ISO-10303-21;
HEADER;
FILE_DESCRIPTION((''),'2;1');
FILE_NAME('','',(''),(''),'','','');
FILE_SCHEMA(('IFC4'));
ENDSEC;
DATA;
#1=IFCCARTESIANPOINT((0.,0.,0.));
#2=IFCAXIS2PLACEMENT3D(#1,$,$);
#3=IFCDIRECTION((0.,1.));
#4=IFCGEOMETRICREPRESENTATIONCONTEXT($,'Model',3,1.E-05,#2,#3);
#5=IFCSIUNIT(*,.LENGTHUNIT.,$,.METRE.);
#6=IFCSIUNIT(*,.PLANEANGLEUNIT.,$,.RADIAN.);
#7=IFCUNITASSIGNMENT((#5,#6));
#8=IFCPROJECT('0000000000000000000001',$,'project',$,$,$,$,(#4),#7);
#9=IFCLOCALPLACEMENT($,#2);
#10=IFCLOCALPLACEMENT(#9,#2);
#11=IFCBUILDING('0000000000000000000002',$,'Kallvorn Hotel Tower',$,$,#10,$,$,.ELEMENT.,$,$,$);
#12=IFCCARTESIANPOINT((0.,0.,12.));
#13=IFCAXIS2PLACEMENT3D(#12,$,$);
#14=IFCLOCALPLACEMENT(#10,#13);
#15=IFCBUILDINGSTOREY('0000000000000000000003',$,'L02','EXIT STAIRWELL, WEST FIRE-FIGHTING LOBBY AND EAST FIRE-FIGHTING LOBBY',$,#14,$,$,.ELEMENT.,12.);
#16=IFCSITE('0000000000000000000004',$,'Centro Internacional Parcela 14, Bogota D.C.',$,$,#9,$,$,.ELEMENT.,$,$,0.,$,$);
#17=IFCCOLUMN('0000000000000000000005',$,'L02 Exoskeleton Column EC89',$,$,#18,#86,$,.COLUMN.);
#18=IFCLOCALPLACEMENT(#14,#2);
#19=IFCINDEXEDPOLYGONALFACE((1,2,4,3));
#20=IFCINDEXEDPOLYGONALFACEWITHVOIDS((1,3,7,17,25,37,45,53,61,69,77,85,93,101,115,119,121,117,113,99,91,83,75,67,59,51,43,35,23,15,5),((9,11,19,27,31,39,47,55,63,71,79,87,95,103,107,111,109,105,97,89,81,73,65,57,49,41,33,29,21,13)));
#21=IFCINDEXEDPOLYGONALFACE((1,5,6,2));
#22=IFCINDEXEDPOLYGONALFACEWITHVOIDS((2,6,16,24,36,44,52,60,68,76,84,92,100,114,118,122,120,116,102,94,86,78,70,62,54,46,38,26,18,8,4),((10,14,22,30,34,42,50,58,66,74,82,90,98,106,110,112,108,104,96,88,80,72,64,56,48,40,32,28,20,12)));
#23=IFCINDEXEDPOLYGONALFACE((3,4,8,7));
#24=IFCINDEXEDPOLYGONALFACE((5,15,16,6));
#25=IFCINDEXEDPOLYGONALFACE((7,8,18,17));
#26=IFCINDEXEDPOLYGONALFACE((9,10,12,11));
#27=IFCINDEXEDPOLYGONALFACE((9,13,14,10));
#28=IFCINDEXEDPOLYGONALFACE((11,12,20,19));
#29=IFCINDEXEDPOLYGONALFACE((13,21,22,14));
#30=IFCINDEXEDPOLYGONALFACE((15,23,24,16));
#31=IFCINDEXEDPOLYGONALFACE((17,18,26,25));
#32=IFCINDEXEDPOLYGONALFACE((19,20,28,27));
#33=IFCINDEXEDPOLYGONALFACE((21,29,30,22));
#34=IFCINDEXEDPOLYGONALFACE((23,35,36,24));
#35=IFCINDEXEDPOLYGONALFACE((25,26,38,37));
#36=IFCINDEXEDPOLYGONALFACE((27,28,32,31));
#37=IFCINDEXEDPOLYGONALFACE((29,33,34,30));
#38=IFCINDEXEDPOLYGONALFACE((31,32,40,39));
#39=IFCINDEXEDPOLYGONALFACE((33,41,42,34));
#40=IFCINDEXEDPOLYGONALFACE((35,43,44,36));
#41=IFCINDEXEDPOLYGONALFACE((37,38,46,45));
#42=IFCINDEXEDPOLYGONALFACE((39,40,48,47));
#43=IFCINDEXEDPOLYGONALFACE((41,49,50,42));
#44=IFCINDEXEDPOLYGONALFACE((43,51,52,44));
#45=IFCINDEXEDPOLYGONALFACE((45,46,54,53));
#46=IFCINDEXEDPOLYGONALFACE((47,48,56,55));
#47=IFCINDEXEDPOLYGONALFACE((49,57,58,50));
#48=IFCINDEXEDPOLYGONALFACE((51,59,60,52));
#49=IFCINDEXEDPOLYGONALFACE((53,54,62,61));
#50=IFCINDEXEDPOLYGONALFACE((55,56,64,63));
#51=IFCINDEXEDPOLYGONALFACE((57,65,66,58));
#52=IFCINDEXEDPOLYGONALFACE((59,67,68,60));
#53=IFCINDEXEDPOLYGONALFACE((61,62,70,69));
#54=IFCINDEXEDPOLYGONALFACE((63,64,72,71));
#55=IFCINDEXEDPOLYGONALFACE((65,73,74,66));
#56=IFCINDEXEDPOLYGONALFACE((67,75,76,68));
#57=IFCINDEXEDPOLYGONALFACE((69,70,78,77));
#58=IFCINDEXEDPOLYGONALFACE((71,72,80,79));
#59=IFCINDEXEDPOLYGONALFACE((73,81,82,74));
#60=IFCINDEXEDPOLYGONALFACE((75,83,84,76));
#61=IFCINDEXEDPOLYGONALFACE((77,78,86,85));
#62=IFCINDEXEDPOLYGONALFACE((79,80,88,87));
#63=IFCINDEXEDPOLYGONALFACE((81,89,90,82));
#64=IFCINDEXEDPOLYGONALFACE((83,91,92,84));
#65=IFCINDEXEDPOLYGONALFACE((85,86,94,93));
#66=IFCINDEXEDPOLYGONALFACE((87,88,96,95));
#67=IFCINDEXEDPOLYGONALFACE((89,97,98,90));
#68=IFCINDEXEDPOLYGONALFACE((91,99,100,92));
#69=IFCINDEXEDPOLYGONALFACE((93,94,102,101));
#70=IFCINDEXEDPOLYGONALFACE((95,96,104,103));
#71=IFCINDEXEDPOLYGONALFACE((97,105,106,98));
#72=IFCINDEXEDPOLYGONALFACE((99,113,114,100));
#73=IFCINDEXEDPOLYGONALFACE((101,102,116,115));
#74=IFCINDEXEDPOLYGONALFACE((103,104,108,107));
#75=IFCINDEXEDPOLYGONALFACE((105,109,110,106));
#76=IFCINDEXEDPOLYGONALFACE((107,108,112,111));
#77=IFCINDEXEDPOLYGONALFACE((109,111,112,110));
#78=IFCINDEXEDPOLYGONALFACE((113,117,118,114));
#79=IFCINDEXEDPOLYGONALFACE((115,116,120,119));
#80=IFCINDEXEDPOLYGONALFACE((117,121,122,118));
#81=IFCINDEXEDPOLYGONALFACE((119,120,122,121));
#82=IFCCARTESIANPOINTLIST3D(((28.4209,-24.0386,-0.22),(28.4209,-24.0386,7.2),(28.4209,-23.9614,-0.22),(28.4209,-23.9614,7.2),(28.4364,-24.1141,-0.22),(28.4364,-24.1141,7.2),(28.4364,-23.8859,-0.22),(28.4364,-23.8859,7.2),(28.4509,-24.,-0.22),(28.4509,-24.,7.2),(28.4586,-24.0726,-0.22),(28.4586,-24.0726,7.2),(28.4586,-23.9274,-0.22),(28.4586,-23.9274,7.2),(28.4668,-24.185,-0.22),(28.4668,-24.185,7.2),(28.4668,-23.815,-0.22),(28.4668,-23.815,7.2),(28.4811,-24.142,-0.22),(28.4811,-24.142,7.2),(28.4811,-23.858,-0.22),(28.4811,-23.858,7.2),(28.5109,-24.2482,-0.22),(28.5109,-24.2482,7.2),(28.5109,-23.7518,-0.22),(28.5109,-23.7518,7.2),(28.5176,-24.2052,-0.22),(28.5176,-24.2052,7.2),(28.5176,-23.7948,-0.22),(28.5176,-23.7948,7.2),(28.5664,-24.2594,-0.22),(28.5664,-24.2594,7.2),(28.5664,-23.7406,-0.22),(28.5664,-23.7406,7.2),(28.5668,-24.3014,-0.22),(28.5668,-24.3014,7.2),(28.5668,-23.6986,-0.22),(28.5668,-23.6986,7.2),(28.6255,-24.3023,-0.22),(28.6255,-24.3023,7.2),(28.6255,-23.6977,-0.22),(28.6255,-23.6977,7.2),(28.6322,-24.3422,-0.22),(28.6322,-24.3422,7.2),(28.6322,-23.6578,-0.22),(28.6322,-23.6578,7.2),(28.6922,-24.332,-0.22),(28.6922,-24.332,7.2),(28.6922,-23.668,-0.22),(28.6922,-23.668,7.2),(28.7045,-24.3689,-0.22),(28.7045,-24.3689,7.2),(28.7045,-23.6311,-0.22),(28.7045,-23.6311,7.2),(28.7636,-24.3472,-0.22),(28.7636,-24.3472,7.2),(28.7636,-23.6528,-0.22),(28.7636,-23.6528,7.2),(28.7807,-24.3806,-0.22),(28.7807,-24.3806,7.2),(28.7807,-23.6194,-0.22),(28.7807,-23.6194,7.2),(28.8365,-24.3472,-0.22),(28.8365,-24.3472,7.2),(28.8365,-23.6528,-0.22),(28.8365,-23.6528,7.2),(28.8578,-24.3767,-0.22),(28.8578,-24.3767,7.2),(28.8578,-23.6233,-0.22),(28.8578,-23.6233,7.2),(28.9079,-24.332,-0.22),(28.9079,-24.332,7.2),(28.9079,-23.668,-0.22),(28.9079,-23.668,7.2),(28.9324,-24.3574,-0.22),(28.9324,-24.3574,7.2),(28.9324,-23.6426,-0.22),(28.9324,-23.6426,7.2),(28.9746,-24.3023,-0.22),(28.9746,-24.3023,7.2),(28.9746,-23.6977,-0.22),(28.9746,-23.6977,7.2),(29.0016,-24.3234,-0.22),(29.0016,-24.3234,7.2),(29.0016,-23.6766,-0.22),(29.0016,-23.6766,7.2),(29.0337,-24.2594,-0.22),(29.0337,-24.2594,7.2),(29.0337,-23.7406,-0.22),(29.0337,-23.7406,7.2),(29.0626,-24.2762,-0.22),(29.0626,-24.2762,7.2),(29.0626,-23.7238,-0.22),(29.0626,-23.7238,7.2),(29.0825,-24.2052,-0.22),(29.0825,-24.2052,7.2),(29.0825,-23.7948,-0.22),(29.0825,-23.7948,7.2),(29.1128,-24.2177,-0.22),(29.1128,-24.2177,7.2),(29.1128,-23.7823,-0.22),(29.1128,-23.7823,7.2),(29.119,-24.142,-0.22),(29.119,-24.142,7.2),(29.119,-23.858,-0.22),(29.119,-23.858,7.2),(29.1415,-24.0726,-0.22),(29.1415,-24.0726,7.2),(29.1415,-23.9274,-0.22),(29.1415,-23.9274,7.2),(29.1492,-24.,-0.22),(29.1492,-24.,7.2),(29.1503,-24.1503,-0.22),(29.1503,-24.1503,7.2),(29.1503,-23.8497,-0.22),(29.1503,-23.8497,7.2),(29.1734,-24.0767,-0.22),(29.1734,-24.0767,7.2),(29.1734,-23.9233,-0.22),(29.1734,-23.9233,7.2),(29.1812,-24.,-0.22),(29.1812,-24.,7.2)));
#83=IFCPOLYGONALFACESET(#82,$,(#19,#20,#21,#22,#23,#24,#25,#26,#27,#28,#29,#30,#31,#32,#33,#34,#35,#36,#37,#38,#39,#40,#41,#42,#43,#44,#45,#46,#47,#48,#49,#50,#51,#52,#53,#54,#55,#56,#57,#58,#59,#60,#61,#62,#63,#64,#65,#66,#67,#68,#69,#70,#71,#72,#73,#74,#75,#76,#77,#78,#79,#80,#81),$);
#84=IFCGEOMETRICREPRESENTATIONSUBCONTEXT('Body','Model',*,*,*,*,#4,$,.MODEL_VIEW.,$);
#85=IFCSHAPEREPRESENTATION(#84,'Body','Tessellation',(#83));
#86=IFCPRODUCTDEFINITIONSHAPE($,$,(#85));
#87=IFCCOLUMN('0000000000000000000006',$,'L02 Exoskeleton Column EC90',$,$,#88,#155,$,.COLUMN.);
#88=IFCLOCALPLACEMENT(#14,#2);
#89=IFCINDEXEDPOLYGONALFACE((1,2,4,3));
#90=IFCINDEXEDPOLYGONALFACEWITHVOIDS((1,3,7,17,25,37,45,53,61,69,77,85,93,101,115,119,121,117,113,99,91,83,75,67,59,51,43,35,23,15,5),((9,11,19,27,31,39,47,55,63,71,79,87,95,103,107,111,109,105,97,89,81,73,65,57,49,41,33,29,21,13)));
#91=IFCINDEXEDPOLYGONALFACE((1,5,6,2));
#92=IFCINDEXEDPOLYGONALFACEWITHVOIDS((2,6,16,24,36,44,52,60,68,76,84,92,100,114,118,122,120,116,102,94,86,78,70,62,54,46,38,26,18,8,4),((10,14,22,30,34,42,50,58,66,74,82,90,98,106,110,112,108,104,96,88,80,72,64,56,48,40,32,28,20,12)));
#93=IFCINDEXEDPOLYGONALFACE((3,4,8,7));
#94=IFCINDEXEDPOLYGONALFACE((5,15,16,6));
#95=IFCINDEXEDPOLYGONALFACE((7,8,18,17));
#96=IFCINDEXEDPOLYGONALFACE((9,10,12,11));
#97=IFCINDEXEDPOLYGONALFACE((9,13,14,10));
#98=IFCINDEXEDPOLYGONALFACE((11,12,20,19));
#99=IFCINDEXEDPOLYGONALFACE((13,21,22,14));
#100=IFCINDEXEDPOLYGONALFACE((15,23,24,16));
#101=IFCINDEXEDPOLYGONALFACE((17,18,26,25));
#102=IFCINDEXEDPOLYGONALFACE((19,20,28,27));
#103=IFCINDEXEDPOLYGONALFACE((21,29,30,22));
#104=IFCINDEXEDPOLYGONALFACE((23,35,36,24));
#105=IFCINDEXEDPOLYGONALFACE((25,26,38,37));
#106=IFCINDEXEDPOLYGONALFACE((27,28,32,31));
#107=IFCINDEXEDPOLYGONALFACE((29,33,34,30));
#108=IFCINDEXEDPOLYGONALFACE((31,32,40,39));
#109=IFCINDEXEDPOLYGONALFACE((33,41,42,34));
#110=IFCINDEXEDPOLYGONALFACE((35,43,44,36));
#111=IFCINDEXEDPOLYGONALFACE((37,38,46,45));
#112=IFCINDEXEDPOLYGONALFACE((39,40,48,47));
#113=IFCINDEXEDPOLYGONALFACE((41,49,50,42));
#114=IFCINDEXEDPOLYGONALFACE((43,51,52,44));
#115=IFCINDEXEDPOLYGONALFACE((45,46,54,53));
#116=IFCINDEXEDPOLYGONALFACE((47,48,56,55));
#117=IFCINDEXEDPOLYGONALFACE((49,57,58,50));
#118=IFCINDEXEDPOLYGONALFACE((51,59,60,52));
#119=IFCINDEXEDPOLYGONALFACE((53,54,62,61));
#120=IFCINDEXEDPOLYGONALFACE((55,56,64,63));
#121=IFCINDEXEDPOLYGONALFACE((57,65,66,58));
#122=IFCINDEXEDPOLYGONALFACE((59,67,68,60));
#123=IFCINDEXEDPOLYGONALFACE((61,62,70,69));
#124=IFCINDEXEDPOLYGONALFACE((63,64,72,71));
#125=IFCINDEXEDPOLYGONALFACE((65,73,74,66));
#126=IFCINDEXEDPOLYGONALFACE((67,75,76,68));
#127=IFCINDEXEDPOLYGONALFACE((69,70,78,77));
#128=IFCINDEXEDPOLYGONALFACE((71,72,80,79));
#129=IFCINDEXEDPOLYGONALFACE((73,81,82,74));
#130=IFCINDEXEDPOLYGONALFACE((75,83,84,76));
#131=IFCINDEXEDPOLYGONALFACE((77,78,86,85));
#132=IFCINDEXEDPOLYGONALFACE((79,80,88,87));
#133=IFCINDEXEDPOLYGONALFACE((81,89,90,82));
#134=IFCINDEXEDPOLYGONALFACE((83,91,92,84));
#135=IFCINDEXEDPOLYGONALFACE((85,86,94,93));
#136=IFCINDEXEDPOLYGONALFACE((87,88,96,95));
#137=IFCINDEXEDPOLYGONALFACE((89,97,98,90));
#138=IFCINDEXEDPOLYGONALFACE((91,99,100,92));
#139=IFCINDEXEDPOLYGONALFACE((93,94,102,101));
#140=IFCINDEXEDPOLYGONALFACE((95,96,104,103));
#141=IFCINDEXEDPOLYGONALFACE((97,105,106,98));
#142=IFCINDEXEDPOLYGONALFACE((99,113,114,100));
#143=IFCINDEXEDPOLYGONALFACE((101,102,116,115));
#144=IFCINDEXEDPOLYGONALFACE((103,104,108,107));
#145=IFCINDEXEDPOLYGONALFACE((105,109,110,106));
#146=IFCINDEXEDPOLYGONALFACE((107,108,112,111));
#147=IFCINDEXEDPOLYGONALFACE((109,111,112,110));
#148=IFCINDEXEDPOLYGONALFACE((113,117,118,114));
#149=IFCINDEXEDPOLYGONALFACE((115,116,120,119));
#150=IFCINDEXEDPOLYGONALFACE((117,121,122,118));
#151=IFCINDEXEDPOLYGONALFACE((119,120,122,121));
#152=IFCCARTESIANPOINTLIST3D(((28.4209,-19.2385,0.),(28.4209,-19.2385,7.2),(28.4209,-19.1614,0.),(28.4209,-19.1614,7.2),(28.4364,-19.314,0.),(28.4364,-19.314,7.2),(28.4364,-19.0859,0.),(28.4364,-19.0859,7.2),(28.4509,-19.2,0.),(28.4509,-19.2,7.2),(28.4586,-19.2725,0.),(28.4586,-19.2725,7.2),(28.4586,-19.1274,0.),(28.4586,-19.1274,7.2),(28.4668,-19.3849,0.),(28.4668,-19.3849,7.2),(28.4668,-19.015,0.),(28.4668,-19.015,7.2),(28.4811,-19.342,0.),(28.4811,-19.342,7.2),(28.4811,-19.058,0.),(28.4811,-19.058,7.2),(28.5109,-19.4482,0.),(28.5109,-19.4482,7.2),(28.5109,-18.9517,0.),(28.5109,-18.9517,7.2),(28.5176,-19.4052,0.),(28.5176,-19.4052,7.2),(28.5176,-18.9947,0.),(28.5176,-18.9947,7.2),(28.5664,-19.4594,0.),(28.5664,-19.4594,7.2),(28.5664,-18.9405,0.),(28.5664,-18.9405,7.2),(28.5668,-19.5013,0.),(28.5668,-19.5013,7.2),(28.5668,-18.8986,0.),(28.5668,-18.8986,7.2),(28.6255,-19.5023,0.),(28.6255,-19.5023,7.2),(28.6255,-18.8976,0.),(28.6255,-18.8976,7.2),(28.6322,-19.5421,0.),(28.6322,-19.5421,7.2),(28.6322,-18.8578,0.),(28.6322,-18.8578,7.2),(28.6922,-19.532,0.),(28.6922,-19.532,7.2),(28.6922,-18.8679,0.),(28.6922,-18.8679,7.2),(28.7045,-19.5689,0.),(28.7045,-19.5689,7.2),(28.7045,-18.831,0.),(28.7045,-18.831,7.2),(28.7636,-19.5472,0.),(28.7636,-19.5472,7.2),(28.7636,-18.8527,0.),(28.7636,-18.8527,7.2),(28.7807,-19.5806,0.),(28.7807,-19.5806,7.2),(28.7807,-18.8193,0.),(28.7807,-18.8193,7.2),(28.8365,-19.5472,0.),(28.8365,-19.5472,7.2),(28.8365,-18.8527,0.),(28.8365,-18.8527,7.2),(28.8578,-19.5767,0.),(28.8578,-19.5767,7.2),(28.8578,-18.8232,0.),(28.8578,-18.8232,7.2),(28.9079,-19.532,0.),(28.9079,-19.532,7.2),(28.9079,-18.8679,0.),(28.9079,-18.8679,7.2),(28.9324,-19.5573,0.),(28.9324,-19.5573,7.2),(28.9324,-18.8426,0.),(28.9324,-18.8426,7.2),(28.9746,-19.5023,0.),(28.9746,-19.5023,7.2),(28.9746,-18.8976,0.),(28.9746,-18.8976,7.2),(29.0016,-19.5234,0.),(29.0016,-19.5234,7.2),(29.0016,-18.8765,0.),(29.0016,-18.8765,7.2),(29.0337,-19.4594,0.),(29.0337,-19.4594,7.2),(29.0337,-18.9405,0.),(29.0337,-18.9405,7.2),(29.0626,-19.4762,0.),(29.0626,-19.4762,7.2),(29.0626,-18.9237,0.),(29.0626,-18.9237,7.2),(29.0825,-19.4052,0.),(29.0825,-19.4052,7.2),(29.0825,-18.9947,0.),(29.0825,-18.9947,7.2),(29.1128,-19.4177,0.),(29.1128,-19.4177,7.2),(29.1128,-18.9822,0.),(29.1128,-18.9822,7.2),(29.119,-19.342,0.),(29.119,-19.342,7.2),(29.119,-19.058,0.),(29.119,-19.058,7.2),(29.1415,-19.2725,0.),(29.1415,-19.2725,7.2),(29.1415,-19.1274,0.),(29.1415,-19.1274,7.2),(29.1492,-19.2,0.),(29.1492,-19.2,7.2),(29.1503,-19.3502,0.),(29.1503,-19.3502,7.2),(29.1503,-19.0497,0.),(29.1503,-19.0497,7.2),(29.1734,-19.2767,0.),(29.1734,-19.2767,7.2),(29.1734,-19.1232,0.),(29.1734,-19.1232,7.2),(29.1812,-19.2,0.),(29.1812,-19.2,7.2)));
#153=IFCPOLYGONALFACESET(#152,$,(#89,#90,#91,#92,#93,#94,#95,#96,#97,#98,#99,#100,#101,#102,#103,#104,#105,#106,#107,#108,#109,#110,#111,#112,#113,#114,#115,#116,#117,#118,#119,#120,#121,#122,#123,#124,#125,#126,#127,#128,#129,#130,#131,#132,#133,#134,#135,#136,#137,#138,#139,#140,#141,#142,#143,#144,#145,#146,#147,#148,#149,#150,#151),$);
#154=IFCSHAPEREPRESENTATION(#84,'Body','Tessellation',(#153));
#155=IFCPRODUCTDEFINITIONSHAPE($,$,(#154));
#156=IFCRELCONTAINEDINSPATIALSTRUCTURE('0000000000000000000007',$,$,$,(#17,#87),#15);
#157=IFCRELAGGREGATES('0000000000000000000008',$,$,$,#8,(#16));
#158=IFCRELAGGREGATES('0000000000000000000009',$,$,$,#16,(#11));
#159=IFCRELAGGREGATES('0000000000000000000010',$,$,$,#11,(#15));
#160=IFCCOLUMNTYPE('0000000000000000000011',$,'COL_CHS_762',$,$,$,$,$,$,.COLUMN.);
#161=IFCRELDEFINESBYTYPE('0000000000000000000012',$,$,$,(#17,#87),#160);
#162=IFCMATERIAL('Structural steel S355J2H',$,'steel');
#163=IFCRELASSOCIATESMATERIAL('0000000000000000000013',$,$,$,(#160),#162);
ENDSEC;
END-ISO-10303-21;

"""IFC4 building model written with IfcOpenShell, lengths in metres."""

from ifc_helpers import new_model, si_unit, direction, frame, origin, origin_2d, place, context, subcontext, project, spatial, hollow_circle, extrude, material, material_profile, profile_set, type_object, element, save


model = new_model("IFC4")

# Units and contexts
model_context = context("Model", 3, precision=1e-05, world=origin(), true_north=direction((0.0, 1.0)))
body_context = subcontext(model_context, "Body", "Model", "MODEL_VIEW")
ifc_project = project(units=[si_unit("LENGTHUNIT", "METRE"), si_unit("PLANEANGLEUNIT", "RADIAN")], contexts=[model_context])

# Site, building, storey
site_placement = place(None, origin())
site = spatial("IfcSite", under=ifc_project, at=site_placement, Name="Centro Internacional Parcela 14, Bogota D.C.", CompositionType="ELEMENT", RefElevation=0.0)
building_placement = place(site_placement, origin())
building = spatial("IfcBuilding", under=site, at=building_placement, Name="Kallvorn Hotel Tower", CompositionType="ELEMENT")
storey_placement = place(building_placement, frame((0.0, 0.0, 12.0)))
storey = spatial("IfcBuildingStorey", under=building, at=storey_placement, Name="L02", Description="EXIT STAIRWELL, WEST FIRE-FIGHTING LOBBY AND EAST FIRE-FIGHTING LOBBY", CompositionType="ELEMENT", Elevation=12.0)

# Columns
ifc_material_1 = material(Name="Structural steel S355J2H", Category="steel")
ifc_material_profile_1 = material_profile(ifc_material_1, hollow_circle(Radius=0.3811, WallThickness=0.032, at=origin_2d()), Name="CHS 762x32")
ifc_profile_set_1 = profile_set([ifc_material_profile_1], Name="Structural steel S355J2H")
column_type = type_object("IfcColumnType", Name="COL_CHS_762", PredefinedType="COLUMN", material=ifc_profile_set_1)
column_placement = place(storey_placement, frame((28.8, -24.0, -0.22), z_axis=(0.0, 0.0, 1.0), x_axis=(1.0, 0.0, 0.0)))
element("IfcColumn", 1, at=column_placement, inside=storey, type_object=column_type, Name="L02 Exoskeleton Column EC89", PredefinedType="COLUMN", context=body_context, shape_type="SweptSolid", body=[
    extrude(hollow_circle(Radius=0.3811, WallThickness=0.032, at=origin_2d()), origin(), (0.0, 0.0, 1.0), 7.4199),
])
for number, where, z_axis, x_axis, name in (
    (2, (28.8, -19.2, 0.0), (0.0, 0.0, 1.0), (1.0, 0.0, 0.0), "L02 Exoskeleton Column EC90"),
):
    element("IfcColumn", number, at=place(storey_placement, frame(where, z_axis=z_axis, x_axis=x_axis)), inside=storey, type_object=column_type, Name=name, PredefinedType="COLUMN", context=body_context, shape_type="SweptSolid", body=[
        extrude(hollow_circle(Radius=0.3811, WallThickness=0.032, at=origin_2d()), origin(), (0.0, 0.0, 1.0), 7.2),
    ])

save(model, "model.ifc")
